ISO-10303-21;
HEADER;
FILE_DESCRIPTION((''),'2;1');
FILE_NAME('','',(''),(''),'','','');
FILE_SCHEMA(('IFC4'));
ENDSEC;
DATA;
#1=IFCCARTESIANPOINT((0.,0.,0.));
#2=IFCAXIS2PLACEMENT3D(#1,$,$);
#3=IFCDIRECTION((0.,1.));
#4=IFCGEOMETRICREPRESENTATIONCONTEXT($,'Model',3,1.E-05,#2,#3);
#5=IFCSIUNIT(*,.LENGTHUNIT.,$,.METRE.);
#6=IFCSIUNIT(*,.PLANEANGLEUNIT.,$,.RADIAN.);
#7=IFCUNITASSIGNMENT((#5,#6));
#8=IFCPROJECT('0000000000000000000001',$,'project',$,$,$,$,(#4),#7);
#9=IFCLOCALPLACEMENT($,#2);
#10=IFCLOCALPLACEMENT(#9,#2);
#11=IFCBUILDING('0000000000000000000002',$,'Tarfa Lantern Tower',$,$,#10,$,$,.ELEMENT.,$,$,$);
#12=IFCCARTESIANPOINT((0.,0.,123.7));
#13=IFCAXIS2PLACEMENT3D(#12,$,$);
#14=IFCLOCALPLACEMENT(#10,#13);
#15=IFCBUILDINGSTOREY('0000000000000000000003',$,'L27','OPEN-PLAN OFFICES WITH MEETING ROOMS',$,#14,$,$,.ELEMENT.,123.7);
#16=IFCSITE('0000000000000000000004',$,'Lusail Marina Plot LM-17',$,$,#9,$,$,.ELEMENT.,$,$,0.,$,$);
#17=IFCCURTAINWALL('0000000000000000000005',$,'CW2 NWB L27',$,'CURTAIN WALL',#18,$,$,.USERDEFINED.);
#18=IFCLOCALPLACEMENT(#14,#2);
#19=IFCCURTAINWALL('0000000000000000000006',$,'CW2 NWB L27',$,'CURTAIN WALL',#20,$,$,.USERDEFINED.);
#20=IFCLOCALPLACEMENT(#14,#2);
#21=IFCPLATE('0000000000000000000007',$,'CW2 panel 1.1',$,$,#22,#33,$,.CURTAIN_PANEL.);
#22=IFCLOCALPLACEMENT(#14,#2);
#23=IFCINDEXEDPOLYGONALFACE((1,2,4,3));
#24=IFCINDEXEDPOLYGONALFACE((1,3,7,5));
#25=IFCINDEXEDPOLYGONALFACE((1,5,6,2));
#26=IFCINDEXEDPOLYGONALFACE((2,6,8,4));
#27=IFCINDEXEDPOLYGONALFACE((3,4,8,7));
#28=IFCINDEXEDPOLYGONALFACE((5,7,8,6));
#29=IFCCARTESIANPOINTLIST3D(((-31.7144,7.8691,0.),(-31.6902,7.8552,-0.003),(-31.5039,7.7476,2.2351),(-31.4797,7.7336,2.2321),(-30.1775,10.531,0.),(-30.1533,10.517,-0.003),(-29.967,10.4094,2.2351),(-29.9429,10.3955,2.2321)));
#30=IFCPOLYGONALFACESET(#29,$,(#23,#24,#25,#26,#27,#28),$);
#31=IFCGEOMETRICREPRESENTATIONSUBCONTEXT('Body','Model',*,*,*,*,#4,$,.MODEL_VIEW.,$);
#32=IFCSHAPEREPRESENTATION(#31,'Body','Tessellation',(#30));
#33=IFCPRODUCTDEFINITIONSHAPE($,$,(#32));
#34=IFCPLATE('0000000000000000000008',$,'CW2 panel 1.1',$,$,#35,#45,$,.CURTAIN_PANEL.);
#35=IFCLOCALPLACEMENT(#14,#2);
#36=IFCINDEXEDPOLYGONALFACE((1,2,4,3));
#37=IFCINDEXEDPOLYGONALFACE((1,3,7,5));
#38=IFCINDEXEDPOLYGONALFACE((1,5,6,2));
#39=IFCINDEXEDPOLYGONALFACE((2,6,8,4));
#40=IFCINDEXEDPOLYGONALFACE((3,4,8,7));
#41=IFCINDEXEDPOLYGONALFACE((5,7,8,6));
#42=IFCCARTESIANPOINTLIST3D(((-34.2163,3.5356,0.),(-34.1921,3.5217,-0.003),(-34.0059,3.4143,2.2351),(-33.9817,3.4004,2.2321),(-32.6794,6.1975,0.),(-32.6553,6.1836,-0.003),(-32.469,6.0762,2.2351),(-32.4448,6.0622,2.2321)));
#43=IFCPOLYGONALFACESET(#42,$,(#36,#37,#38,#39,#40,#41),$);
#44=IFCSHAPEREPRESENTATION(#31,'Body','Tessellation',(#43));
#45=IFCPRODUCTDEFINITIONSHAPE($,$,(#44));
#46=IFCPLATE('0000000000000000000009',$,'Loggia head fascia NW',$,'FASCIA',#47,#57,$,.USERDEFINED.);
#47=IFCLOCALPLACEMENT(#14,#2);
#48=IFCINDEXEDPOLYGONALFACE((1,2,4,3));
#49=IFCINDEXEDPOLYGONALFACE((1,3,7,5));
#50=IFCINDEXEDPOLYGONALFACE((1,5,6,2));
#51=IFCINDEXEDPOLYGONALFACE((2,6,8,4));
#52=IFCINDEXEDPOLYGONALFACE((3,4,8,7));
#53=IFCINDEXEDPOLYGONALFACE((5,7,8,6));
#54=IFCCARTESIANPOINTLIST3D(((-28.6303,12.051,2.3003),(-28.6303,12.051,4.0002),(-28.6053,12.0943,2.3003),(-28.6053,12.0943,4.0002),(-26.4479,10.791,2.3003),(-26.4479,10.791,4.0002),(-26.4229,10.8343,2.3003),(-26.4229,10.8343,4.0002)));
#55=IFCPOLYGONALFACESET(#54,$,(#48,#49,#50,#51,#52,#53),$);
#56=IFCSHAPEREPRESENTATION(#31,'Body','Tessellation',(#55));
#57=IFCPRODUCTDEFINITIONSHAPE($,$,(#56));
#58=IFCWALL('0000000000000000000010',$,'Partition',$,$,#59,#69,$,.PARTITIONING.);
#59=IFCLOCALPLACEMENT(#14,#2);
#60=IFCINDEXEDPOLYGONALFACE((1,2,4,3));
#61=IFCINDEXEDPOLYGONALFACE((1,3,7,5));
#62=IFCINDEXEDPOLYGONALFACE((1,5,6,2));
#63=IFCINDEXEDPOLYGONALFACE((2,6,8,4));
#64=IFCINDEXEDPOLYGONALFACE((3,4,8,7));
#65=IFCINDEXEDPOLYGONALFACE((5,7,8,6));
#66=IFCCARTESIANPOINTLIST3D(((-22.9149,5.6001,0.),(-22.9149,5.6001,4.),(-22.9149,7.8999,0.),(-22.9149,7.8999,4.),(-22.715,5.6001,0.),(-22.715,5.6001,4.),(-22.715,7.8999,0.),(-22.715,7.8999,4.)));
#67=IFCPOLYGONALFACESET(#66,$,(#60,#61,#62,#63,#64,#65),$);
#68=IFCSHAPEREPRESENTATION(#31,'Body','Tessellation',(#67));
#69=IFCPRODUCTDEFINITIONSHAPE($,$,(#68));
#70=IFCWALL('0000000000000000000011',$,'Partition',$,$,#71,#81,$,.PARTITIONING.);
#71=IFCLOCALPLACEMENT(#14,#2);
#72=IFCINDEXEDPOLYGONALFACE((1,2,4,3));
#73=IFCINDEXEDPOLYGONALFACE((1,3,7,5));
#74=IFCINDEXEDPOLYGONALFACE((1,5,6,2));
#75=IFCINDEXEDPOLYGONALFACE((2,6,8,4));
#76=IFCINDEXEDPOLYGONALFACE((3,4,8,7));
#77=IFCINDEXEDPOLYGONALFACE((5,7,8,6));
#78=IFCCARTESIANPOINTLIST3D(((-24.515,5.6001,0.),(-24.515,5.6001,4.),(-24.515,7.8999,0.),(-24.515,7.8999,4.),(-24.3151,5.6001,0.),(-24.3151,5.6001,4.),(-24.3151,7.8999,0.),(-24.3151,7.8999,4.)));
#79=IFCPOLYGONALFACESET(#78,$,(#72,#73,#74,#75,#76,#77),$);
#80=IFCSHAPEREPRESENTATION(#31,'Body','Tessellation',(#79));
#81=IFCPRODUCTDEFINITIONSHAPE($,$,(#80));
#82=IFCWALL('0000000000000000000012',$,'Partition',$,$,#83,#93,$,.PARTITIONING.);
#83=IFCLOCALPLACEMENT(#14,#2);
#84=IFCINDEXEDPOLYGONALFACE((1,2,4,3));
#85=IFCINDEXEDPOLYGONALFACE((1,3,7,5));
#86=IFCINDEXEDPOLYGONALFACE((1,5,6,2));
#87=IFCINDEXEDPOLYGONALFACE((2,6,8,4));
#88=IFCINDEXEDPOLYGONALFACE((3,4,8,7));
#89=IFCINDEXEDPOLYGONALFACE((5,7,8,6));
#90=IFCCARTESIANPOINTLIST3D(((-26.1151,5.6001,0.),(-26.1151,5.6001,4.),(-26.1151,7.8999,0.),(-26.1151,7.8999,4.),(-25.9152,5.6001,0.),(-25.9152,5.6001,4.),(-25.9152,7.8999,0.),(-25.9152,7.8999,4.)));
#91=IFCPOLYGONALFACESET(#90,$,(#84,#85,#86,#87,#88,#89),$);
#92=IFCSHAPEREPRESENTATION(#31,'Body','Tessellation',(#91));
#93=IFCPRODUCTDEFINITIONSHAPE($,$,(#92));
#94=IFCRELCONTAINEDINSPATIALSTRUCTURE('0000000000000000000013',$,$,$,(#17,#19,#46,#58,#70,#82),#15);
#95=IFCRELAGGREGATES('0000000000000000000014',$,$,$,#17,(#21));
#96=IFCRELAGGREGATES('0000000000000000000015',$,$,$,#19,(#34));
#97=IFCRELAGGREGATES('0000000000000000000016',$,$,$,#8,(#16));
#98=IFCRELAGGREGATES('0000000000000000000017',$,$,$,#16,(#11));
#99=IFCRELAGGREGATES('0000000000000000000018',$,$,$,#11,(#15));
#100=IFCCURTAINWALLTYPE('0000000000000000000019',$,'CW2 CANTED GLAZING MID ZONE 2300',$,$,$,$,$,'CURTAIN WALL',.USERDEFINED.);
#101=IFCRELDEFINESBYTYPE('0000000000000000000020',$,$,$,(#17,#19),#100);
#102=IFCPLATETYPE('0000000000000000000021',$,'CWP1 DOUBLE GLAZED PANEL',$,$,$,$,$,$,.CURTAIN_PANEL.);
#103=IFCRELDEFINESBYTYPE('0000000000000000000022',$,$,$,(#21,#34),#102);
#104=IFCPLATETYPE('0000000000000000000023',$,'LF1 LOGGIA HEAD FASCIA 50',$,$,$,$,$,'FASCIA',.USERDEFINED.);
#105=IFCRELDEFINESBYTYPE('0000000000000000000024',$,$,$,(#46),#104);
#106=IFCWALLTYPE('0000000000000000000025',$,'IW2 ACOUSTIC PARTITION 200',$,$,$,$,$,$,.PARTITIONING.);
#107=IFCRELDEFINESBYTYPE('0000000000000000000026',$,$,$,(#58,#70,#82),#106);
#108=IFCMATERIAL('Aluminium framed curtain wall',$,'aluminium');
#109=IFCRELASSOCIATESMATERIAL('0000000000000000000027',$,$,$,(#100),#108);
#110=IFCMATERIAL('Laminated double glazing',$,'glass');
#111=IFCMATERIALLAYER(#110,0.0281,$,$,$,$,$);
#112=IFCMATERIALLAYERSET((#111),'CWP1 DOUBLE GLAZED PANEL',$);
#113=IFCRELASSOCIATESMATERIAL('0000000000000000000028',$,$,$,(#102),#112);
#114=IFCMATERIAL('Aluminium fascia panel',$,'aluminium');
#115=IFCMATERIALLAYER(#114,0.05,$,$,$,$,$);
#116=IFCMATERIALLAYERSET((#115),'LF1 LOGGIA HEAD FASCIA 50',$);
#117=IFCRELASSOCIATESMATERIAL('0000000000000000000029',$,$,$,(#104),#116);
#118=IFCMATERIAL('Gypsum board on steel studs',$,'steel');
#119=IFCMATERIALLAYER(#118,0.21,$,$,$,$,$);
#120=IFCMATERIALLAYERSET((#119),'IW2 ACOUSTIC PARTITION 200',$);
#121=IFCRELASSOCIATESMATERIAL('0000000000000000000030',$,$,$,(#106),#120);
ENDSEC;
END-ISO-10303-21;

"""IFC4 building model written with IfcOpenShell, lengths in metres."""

from ifc_helpers import new_model, si_unit, direction, frame, frame_2d, origin, origin_2d, place, context, subcontext, project, spatial, polyline, rectangle, outline, extrude, material, layer, layer_set, type_object, element, aggregate, save


model = new_model("IFC4")

# Units and contexts
model_context = context("Model", 3, precision=1e-05, world=origin(), true_north=direction((0.0, 1.0)))
body_context = subcontext(model_context, "Body", "Model", "MODEL_VIEW")
ifc_project = project(units=[si_unit("LENGTHUNIT", "METRE"), si_unit("PLANEANGLEUNIT", "RADIAN")], contexts=[model_context])

# Site, building, storey
site_placement = place(None, origin())
site = spatial("IfcSite", under=ifc_project, at=site_placement, Name="Lusail Marina Plot LM-17", CompositionType="ELEMENT", RefElevation=0.0)
building_placement = place(site_placement, origin())
building = spatial("IfcBuilding", under=site, at=building_placement, Name="Tarfa Lantern Tower", CompositionType="ELEMENT")
storey_placement = place(building_placement, frame((0.0, 0.0, 123.7)))
storey = spatial("IfcBuildingStorey", under=building, at=storey_placement, Name="L27", Description="OPEN-PLAN OFFICES WITH MEETING ROOMS", CompositionType="ELEMENT", Elevation=123.7)

# Curtain walls
ifc_material_1 = material(Name="Aluminium framed curtain wall", Category="aluminium")
curtain_wall_type_1 = type_object("IfcCurtainWallType", Name="CW2 CANTED GLAZING MID ZONE 2300", ElementType="CURTAIN WALL", PredefinedType="USERDEFINED", material=ifc_material_1)
curtain_wall_1_placement = place(storey_placement, origin())
curtain_wall_1 = element("IfcCurtainWall", 1, at=curtain_wall_1_placement, inside=storey, type_object=curtain_wall_type_1, Name="CW2 NWB L27", ObjectType="CURTAIN WALL", PredefinedType="USERDEFINED")
curtain_wall_2_placement = place(storey_placement, origin())
curtain_wall_2 = element("IfcCurtainWall", 2, at=curtain_wall_2_placement, inside=storey, type_object=curtain_wall_type_1, Name="CW2 NWB L27", ObjectType="CURTAIN WALL", PredefinedType="USERDEFINED")

# Plates
ifc_material_2 = material(Name="Laminated double glazing", Category="glass")
ifc_layer_1 = layer(ifc_material_2, 0.0281)
ifc_layer_set_1 = layer_set([ifc_layer_1], Name="CWP1 DOUBLE GLAZED PANEL")
plate_type_1 = type_object("IfcPlateType", Name="CWP1 DOUBLE GLAZED PANEL", PredefinedType="CURTAIN_PANEL", material=ifc_layer_set_1)
plate_1_placement = place(storey_placement, frame((-30.1775, 10.531, 0.0), z_axis=(-0.860945, 0.497079, 0.108103), x_axis=(-0.500009, -0.86602, 0.0)))
plate_1 = element("IfcPlate", 3, at=plate_1_placement, type_object=plate_type_1, Name="CW2 panel 1.1", PredefinedType="CURTAIN_PANEL", context=body_context, shape_type="SweptSolid", body=[
    extrude(outline(polyline([(0.0, 0.0), (3.0737, 0.0), (3.0737, 2.2483), (0.0001, 2.2483), (0.0, 0.0)])), origin(), (0.0, 0.0, -1.0), 0.0281),
])
aggregate(curtain_wall_1, [plate_1])
plate_2_placement = place(storey_placement, frame((-32.6794, 6.1975, 0.0), z_axis=(-0.86095, 0.497082, 0.108049), x_axis=(-0.500009, -0.86602, 0.0)))
plate_2 = element("IfcPlate", 4, at=plate_2_placement, type_object=plate_type_1, Name="CW2 panel 1.1", PredefinedType="CURTAIN_PANEL", context=body_context, shape_type="SweptSolid", body=[
    extrude(outline(polyline([(0.0, 0.0), (3.0737, 0.0), (3.0735, 2.2483), (-0.0001, 2.2483), (0.0, 0.0)])), origin(), (0.0, 0.0, -1.0), 0.0281),
])
aggregate(curtain_wall_2, [plate_2])
ifc_material_3 = material(Name="Aluminium fascia panel", Category="aluminium")
ifc_layer_2 = layer(ifc_material_3, 0.05)
ifc_layer_set_2 = layer_set([ifc_layer_2], Name="LF1 LOGGIA HEAD FASCIA 50")
plate_type_2 = type_object("IfcPlateType", Name="LF1 LOGGIA HEAD FASCIA 50", ElementType="FASCIA", PredefinedType="USERDEFINED", material=ifc_layer_set_2)
plate_3_placement = place(storey_placement, frame((-27.5266, 11.4426, 2.3003), z_axis=(0.0, 0.0, 1.0), x_axis=(0.866025, -0.5, 0.0)))
element("IfcPlate", 5, at=plate_3_placement, inside=storey, type_object=plate_type_2, Name="Loggia head fascia NW", ObjectType="FASCIA", PredefinedType="USERDEFINED", context=body_context, shape_type="SweptSolid", body=[
    extrude(rectangle(XDim=2.52, YDim=0.05, at=origin_2d()), origin(), (0.0, 0.0, 1.0), 1.7),
])

# Walls
ifc_material_4 = material(Name="Gypsum board on steel studs", Category="steel")
ifc_layer_3 = layer(ifc_material_4, 0.21)
ifc_layer_set_3 = layer_set([ifc_layer_3], Name="IW2 ACOUSTIC PARTITION 200")
wall_type = type_object("IfcWallType", Name="IW2 ACOUSTIC PARTITION 200", PredefinedType="PARTITIONING", material=ifc_layer_set_3)
for number, where, z_axis, x_axis, name in (
    (6, (-22.8149, 7.8999, 0.0), (0.0, 0.0, 1.0), (0.0, -1.0, 0.0), "Partition"),
    (7, (-24.415, 7.8999, 0.0), (0.0, 0.0, 1.0), (0.0, -1.0, 0.0), "Partition"),
    (8, (-26.0151, 7.8999, 0.0), (0.0, 0.0, 1.0), (0.0, -1.0, 0.0), "Partition"),
):
    element("IfcWall", number, at=place(storey_placement, frame(where, z_axis=z_axis, x_axis=x_axis)), inside=storey, type_object=wall_type, Name=name, PredefinedType="PARTITIONING", context=body_context, shape_type="SweptSolid", body=[
        extrude(rectangle(XDim=2.2998, YDim=0.2, at=frame_2d((1.1499, 0.0))), origin(), (0.0, 0.0, 1.0), 4.0),
    ])

save(model, "model.ifc")
